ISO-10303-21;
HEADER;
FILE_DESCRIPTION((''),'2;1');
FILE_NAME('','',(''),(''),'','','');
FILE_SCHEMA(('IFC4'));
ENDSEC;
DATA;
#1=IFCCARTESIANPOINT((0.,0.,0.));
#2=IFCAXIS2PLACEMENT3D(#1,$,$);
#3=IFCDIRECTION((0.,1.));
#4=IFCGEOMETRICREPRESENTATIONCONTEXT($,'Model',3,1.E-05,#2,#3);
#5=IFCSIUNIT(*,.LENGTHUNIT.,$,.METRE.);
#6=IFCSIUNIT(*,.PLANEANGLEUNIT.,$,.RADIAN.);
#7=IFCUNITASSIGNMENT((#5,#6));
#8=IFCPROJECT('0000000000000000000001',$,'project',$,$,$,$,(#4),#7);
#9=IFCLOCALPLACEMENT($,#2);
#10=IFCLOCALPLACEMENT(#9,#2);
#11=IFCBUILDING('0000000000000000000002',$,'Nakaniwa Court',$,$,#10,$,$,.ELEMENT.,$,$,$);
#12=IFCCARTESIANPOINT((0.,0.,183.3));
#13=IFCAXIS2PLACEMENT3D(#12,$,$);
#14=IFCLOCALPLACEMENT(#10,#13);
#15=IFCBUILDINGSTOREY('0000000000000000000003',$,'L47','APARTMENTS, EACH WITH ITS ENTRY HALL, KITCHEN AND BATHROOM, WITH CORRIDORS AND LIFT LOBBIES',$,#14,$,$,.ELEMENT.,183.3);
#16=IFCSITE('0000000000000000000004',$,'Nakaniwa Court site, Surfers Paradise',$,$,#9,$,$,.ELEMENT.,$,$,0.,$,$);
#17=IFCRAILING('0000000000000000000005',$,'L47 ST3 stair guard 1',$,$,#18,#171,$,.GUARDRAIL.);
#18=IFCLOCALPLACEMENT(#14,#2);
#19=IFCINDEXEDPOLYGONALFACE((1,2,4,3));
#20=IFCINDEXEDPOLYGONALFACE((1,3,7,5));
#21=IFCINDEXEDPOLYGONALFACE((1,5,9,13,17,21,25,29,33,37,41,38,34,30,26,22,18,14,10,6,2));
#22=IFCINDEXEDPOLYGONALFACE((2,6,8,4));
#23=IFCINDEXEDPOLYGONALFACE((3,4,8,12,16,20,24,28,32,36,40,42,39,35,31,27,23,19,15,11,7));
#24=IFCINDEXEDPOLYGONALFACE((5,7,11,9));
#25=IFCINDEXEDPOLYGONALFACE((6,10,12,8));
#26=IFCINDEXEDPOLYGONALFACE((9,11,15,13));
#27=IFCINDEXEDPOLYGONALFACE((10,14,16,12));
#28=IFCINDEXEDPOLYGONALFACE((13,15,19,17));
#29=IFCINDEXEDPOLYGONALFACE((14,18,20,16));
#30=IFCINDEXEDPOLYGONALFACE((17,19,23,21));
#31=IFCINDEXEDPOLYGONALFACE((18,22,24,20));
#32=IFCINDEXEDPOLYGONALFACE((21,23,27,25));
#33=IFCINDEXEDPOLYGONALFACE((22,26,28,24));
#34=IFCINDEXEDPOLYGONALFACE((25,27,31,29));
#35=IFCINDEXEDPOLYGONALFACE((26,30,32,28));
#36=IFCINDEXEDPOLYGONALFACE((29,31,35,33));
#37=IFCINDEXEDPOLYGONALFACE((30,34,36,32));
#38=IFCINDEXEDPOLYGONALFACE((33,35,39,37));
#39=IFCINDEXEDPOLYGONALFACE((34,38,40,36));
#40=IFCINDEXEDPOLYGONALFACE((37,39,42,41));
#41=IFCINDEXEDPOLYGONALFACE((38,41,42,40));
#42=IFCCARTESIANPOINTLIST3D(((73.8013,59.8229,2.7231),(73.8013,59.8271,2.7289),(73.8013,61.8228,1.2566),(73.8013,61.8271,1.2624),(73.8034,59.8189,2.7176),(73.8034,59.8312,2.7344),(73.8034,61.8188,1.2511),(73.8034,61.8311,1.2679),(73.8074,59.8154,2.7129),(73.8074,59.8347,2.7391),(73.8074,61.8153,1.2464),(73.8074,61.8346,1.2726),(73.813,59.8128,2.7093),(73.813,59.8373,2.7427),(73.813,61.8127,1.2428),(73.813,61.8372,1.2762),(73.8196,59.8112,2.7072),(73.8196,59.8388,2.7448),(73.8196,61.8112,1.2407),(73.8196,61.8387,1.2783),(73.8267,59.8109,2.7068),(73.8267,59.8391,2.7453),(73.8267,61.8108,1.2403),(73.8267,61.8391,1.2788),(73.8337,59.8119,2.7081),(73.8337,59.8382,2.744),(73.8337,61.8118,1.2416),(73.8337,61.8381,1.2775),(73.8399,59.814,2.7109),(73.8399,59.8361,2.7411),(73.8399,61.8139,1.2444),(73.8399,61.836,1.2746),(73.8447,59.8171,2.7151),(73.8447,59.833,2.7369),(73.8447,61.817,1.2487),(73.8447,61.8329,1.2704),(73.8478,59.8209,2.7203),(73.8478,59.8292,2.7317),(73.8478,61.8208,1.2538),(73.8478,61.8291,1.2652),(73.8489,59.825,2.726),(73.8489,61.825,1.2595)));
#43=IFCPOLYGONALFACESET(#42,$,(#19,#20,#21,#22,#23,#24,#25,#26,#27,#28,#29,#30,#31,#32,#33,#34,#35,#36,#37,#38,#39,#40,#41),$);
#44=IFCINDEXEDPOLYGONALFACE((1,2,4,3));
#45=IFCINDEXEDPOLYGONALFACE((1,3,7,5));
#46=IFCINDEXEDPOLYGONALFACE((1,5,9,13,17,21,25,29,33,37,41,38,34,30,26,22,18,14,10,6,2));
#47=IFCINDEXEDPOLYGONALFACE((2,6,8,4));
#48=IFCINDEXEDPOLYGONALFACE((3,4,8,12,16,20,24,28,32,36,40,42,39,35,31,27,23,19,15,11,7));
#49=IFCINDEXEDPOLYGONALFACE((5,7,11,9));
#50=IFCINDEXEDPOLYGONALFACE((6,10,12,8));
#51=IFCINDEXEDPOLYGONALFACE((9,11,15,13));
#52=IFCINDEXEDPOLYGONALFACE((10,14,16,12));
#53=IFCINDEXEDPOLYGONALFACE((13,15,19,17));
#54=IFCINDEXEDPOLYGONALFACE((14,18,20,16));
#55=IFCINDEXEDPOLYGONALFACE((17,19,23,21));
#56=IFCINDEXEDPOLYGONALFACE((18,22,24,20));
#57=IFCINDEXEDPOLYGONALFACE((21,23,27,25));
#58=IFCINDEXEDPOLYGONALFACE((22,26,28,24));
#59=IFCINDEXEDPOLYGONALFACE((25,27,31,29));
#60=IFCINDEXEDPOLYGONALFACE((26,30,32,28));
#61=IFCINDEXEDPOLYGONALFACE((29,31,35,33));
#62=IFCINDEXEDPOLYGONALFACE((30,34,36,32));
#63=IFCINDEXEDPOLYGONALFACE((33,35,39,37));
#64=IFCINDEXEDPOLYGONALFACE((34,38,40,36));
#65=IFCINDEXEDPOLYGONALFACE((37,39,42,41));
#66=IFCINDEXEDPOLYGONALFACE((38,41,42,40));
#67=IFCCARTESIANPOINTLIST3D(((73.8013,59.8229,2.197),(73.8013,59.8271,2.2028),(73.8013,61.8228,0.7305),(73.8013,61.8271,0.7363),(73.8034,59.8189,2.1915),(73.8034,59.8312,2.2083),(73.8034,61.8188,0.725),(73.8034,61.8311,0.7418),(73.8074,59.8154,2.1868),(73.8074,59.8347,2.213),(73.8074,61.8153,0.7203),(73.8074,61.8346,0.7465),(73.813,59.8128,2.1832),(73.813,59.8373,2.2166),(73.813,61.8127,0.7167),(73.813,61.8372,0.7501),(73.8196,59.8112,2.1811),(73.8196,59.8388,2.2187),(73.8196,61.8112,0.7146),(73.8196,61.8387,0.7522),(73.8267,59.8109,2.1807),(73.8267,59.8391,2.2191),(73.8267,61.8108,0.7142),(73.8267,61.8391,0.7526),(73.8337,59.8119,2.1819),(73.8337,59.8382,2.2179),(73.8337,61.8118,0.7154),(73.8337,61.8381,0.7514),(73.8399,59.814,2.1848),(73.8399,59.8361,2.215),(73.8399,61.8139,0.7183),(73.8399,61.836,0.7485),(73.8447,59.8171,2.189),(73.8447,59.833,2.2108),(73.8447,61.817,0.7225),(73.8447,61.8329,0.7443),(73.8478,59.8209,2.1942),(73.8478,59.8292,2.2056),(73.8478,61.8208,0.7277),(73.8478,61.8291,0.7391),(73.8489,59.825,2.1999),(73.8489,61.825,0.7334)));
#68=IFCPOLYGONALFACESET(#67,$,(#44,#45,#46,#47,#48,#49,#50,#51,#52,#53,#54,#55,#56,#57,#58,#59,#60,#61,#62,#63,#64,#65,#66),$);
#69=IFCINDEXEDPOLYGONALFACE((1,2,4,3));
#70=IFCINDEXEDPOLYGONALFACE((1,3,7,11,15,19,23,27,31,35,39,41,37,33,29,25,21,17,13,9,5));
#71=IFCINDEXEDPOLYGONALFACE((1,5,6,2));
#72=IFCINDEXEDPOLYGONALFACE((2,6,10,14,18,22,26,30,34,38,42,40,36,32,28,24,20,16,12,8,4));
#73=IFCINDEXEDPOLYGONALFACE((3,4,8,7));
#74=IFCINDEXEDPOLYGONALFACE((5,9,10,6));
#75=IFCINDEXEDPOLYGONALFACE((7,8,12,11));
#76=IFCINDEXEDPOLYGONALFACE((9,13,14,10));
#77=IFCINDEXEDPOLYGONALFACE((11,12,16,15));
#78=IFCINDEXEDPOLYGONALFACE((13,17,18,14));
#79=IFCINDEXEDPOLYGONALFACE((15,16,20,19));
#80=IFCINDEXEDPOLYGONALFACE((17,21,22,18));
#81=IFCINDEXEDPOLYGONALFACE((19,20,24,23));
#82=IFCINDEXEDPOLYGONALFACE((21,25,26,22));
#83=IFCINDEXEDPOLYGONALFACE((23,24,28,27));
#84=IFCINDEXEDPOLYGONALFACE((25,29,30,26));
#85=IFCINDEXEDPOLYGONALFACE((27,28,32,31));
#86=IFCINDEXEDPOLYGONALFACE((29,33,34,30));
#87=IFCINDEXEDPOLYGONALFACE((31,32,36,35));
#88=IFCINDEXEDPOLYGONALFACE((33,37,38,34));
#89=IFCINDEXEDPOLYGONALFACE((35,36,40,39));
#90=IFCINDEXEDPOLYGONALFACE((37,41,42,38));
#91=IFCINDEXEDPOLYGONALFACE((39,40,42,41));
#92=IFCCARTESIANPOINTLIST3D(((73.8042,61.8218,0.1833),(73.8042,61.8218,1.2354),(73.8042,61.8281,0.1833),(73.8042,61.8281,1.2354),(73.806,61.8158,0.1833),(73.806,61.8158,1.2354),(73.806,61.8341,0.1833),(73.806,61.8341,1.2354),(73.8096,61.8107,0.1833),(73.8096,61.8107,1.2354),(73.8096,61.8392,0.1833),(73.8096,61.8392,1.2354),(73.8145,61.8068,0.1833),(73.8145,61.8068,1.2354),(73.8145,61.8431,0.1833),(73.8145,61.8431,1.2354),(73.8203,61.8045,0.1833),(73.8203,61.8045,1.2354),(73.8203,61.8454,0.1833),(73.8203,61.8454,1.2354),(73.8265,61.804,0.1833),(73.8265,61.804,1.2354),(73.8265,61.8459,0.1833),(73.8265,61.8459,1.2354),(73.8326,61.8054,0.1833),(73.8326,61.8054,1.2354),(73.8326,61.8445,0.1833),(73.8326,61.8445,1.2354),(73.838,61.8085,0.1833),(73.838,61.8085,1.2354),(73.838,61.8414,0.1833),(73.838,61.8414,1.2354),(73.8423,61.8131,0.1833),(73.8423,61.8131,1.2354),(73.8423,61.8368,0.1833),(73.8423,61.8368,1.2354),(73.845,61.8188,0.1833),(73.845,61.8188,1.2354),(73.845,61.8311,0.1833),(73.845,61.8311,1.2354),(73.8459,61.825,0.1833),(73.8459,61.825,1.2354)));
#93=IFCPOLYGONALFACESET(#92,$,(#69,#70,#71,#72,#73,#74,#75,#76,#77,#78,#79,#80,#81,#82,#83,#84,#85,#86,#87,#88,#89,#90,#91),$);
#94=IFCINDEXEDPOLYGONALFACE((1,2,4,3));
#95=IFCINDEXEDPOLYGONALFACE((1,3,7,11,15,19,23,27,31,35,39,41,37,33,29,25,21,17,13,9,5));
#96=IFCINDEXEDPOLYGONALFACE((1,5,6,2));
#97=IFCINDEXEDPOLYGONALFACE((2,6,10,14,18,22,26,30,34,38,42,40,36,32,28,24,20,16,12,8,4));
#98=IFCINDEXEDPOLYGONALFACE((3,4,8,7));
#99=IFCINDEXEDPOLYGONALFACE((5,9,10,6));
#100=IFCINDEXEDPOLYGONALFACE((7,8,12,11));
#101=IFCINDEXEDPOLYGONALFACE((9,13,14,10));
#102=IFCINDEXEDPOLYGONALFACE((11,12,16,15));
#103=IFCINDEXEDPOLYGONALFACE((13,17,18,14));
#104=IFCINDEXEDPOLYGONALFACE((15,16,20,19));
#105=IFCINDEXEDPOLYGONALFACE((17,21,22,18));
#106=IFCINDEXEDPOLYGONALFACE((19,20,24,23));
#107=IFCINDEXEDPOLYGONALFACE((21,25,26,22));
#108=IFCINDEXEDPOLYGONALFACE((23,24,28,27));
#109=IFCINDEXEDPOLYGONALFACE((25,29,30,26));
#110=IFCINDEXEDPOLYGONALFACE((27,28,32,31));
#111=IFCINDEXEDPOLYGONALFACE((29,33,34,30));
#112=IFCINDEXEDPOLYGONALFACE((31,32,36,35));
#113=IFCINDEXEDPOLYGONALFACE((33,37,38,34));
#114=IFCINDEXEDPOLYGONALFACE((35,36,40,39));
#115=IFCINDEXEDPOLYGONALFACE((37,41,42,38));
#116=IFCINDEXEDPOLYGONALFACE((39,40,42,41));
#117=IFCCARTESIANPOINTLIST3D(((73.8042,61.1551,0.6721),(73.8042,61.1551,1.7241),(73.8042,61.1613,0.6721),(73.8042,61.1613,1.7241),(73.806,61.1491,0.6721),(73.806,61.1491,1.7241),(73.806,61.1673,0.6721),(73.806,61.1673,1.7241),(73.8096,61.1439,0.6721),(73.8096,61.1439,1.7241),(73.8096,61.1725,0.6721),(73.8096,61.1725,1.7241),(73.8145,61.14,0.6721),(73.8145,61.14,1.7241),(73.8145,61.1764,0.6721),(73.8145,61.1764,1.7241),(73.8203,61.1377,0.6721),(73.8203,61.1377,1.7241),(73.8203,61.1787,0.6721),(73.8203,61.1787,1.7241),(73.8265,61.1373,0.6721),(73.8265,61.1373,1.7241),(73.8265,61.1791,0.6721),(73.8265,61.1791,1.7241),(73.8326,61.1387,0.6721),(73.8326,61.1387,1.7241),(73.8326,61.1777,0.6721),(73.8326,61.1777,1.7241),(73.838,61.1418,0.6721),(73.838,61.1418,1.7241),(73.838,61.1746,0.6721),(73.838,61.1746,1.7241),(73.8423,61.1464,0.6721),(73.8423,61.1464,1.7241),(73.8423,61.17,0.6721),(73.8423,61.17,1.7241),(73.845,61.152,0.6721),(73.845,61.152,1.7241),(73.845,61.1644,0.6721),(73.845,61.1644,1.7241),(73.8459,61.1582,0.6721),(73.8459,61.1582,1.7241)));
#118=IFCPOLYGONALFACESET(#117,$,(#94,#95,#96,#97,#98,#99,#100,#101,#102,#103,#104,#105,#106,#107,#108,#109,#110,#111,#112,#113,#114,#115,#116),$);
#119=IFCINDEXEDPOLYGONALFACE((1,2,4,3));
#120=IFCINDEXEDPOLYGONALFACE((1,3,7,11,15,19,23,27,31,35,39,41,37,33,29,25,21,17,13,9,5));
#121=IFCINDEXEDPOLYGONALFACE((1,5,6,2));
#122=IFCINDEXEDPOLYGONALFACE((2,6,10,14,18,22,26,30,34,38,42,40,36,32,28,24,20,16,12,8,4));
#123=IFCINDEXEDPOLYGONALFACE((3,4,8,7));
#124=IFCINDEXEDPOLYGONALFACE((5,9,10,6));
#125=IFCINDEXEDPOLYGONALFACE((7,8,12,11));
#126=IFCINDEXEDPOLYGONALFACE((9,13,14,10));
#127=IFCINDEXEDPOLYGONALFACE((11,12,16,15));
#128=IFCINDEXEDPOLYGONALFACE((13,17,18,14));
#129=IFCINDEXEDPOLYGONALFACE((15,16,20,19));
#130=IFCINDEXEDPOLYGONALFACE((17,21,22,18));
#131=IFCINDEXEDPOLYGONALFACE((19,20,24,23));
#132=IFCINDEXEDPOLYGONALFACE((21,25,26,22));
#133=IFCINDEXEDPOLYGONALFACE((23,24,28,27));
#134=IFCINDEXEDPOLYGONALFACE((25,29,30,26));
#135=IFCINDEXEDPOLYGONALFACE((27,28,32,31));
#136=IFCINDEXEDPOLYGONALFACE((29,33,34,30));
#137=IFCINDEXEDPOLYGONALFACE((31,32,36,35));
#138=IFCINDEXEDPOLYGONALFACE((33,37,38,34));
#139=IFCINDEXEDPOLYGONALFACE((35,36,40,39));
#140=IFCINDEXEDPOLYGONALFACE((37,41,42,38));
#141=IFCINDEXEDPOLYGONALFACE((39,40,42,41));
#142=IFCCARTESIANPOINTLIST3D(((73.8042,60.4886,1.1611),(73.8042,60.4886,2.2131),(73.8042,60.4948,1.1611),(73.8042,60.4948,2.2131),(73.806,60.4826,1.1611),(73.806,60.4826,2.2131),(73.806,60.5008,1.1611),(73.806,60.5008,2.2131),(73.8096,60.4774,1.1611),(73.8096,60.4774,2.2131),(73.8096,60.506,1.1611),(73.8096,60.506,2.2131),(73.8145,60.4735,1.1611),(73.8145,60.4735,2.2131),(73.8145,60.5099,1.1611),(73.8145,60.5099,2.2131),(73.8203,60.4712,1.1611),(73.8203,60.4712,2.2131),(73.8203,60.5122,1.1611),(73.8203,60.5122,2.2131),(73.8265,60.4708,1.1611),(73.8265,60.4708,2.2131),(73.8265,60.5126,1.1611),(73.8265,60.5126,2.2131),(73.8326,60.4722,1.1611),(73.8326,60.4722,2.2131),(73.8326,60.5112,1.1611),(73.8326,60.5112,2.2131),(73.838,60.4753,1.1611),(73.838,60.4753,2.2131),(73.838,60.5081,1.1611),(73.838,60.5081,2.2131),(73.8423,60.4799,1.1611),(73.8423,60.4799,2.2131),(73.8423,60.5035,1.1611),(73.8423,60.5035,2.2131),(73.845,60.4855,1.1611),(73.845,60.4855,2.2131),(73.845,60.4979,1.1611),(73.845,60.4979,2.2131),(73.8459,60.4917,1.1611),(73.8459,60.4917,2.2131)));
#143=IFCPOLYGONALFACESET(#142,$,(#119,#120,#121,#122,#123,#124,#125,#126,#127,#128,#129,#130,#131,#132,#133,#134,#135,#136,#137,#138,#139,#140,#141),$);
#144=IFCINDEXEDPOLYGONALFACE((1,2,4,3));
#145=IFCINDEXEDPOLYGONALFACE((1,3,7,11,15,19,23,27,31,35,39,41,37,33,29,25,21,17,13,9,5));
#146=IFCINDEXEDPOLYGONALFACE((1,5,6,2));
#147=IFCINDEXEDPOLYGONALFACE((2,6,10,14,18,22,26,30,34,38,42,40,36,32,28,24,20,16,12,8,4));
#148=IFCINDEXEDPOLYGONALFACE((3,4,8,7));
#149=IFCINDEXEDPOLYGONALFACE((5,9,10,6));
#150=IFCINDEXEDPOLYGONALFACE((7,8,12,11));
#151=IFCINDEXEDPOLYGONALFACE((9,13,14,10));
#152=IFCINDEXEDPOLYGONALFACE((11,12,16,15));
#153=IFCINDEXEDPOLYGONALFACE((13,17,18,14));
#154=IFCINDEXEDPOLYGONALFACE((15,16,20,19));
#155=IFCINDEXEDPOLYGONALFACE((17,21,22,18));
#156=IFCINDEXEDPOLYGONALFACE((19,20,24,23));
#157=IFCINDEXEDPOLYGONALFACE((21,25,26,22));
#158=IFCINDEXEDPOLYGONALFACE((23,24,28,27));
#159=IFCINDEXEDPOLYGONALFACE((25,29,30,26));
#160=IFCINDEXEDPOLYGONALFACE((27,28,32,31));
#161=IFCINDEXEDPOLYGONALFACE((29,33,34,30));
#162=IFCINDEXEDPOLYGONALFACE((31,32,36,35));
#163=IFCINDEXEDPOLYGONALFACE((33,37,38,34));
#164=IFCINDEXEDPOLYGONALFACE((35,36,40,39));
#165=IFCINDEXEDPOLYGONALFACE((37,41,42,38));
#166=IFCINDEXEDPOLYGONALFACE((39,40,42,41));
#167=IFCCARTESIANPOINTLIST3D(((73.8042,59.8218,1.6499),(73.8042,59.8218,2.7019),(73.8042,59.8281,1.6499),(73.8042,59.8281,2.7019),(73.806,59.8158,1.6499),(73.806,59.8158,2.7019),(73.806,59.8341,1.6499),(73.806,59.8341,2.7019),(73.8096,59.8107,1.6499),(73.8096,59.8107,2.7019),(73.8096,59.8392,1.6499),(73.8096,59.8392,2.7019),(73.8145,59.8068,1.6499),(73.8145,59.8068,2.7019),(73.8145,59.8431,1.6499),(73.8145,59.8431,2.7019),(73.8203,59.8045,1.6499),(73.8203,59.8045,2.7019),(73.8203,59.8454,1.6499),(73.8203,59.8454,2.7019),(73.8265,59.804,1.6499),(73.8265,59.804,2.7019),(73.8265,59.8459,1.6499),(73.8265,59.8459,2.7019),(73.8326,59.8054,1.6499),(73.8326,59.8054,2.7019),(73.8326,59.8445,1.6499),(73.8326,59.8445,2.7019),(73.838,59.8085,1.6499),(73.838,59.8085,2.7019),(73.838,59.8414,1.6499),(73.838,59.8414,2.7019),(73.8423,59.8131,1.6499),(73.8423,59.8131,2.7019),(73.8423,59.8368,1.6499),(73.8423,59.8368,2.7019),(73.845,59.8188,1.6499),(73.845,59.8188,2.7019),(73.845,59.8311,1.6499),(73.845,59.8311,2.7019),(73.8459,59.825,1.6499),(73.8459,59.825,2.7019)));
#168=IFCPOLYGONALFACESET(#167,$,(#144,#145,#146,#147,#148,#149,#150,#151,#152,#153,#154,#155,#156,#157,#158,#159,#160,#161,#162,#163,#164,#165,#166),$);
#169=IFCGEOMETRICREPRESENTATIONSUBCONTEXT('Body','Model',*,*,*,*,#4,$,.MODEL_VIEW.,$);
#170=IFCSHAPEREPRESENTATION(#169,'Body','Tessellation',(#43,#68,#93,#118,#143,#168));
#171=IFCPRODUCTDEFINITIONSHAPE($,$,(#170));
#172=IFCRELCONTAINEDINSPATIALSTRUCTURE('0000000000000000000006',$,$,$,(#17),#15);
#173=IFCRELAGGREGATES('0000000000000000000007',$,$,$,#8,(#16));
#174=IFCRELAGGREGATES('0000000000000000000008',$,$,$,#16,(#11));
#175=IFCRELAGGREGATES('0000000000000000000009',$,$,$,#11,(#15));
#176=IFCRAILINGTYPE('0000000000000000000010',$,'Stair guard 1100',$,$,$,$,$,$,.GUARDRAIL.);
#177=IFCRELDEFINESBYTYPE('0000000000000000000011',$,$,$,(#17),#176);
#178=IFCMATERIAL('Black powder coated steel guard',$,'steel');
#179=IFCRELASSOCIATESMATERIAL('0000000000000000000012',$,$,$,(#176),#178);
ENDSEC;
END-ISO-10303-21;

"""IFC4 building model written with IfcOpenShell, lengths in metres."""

from ifc_helpers import new_model, si_unit, direction, frame, origin, origin_2d, place, context, subcontext, project, spatial, circle, extrude, material, type_object, element, save


model = new_model("IFC4")

# Units and contexts
model_context = context("Model", 3, precision=1e-05, world=origin(), true_north=direction((0.0, 1.0)))
body_context = subcontext(model_context, "Body", "Model", "MODEL_VIEW")
ifc_project = project(units=[si_unit("LENGTHUNIT", "METRE"), si_unit("PLANEANGLEUNIT", "RADIAN")], contexts=[model_context])

# Site, building, storey
site_placement = place(None, origin())
site = spatial("IfcSite", under=ifc_project, at=site_placement, Name="Nakaniwa Court site, Surfers Paradise", CompositionType="ELEMENT", RefElevation=0.0)
building_placement = place(site_placement, origin())
building = spatial("IfcBuilding", under=site, at=building_placement, Name="Nakaniwa Court", CompositionType="ELEMENT")
storey_placement = place(building_placement, frame((0.0, 0.0, 183.3)))
storey = spatial("IfcBuildingStorey", under=building, at=storey_placement, Name="L47", Description="APARTMENTS, EACH WITH ITS ENTRY HALL, KITCHEN AND BATHROOM, WITH CORRIDORS AND LIFT LOBBIES", CompositionType="ELEMENT", Elevation=183.3)

# Railing
ifc_material_1 = material(Name="Black powder coated steel guard", Category="steel")
railing_type_1 = type_object("IfcRailingType", Name="Stair guard 1100", PredefinedType="GUARDRAIL", material=ifc_material_1)
railing_1_placement = place(storey_placement, frame((73.825, 61.825, 0.1833)))
element("IfcRailing", 1, at=railing_1_placement, inside=storey, type_object=railing_type_1, Name="L47 ST3 stair guard 1", PredefinedType="GUARDRAIL", context=body_context, shape_type="SweptSolid", body=[
    extrude(circle(Radius=0.0239, at=origin_2d()), frame((0.0, 0.0, 1.0762), z_axis=(0.0, -0.806427, 0.591334), x_axis=(1.0, 0.0, 0.0)), (0.0, 0.0, 1.0), 2.48),
    extrude(circle(Radius=0.0239, at=origin_2d()), frame((0.0, 0.0, 0.55), z_axis=(0.0, -0.806427, 0.591334), x_axis=(1.0, 0.0, 0.0)), (0.0, 0.0, 1.0), 2.48),
    extrude(circle(Radius=0.021, at=origin_2d()), origin(), (0.0, 0.0, 1.0), 1.052),
    extrude(circle(Radius=0.021, at=origin_2d()), frame((0.0, -0.6667, 0.4888)), (0.0, 0.0, 1.0), 1.052),
    extrude(circle(Radius=0.021, at=origin_2d()), frame((0.0, -1.3333, 0.9778)), (0.0, 0.0, 1.0), 1.052),
    extrude(circle(Radius=0.021, at=origin_2d()), frame((0.0, -2.0, 1.4666)), (0.0, 0.0, 1.0), 1.052),
])

save(model, "model.ifc")
